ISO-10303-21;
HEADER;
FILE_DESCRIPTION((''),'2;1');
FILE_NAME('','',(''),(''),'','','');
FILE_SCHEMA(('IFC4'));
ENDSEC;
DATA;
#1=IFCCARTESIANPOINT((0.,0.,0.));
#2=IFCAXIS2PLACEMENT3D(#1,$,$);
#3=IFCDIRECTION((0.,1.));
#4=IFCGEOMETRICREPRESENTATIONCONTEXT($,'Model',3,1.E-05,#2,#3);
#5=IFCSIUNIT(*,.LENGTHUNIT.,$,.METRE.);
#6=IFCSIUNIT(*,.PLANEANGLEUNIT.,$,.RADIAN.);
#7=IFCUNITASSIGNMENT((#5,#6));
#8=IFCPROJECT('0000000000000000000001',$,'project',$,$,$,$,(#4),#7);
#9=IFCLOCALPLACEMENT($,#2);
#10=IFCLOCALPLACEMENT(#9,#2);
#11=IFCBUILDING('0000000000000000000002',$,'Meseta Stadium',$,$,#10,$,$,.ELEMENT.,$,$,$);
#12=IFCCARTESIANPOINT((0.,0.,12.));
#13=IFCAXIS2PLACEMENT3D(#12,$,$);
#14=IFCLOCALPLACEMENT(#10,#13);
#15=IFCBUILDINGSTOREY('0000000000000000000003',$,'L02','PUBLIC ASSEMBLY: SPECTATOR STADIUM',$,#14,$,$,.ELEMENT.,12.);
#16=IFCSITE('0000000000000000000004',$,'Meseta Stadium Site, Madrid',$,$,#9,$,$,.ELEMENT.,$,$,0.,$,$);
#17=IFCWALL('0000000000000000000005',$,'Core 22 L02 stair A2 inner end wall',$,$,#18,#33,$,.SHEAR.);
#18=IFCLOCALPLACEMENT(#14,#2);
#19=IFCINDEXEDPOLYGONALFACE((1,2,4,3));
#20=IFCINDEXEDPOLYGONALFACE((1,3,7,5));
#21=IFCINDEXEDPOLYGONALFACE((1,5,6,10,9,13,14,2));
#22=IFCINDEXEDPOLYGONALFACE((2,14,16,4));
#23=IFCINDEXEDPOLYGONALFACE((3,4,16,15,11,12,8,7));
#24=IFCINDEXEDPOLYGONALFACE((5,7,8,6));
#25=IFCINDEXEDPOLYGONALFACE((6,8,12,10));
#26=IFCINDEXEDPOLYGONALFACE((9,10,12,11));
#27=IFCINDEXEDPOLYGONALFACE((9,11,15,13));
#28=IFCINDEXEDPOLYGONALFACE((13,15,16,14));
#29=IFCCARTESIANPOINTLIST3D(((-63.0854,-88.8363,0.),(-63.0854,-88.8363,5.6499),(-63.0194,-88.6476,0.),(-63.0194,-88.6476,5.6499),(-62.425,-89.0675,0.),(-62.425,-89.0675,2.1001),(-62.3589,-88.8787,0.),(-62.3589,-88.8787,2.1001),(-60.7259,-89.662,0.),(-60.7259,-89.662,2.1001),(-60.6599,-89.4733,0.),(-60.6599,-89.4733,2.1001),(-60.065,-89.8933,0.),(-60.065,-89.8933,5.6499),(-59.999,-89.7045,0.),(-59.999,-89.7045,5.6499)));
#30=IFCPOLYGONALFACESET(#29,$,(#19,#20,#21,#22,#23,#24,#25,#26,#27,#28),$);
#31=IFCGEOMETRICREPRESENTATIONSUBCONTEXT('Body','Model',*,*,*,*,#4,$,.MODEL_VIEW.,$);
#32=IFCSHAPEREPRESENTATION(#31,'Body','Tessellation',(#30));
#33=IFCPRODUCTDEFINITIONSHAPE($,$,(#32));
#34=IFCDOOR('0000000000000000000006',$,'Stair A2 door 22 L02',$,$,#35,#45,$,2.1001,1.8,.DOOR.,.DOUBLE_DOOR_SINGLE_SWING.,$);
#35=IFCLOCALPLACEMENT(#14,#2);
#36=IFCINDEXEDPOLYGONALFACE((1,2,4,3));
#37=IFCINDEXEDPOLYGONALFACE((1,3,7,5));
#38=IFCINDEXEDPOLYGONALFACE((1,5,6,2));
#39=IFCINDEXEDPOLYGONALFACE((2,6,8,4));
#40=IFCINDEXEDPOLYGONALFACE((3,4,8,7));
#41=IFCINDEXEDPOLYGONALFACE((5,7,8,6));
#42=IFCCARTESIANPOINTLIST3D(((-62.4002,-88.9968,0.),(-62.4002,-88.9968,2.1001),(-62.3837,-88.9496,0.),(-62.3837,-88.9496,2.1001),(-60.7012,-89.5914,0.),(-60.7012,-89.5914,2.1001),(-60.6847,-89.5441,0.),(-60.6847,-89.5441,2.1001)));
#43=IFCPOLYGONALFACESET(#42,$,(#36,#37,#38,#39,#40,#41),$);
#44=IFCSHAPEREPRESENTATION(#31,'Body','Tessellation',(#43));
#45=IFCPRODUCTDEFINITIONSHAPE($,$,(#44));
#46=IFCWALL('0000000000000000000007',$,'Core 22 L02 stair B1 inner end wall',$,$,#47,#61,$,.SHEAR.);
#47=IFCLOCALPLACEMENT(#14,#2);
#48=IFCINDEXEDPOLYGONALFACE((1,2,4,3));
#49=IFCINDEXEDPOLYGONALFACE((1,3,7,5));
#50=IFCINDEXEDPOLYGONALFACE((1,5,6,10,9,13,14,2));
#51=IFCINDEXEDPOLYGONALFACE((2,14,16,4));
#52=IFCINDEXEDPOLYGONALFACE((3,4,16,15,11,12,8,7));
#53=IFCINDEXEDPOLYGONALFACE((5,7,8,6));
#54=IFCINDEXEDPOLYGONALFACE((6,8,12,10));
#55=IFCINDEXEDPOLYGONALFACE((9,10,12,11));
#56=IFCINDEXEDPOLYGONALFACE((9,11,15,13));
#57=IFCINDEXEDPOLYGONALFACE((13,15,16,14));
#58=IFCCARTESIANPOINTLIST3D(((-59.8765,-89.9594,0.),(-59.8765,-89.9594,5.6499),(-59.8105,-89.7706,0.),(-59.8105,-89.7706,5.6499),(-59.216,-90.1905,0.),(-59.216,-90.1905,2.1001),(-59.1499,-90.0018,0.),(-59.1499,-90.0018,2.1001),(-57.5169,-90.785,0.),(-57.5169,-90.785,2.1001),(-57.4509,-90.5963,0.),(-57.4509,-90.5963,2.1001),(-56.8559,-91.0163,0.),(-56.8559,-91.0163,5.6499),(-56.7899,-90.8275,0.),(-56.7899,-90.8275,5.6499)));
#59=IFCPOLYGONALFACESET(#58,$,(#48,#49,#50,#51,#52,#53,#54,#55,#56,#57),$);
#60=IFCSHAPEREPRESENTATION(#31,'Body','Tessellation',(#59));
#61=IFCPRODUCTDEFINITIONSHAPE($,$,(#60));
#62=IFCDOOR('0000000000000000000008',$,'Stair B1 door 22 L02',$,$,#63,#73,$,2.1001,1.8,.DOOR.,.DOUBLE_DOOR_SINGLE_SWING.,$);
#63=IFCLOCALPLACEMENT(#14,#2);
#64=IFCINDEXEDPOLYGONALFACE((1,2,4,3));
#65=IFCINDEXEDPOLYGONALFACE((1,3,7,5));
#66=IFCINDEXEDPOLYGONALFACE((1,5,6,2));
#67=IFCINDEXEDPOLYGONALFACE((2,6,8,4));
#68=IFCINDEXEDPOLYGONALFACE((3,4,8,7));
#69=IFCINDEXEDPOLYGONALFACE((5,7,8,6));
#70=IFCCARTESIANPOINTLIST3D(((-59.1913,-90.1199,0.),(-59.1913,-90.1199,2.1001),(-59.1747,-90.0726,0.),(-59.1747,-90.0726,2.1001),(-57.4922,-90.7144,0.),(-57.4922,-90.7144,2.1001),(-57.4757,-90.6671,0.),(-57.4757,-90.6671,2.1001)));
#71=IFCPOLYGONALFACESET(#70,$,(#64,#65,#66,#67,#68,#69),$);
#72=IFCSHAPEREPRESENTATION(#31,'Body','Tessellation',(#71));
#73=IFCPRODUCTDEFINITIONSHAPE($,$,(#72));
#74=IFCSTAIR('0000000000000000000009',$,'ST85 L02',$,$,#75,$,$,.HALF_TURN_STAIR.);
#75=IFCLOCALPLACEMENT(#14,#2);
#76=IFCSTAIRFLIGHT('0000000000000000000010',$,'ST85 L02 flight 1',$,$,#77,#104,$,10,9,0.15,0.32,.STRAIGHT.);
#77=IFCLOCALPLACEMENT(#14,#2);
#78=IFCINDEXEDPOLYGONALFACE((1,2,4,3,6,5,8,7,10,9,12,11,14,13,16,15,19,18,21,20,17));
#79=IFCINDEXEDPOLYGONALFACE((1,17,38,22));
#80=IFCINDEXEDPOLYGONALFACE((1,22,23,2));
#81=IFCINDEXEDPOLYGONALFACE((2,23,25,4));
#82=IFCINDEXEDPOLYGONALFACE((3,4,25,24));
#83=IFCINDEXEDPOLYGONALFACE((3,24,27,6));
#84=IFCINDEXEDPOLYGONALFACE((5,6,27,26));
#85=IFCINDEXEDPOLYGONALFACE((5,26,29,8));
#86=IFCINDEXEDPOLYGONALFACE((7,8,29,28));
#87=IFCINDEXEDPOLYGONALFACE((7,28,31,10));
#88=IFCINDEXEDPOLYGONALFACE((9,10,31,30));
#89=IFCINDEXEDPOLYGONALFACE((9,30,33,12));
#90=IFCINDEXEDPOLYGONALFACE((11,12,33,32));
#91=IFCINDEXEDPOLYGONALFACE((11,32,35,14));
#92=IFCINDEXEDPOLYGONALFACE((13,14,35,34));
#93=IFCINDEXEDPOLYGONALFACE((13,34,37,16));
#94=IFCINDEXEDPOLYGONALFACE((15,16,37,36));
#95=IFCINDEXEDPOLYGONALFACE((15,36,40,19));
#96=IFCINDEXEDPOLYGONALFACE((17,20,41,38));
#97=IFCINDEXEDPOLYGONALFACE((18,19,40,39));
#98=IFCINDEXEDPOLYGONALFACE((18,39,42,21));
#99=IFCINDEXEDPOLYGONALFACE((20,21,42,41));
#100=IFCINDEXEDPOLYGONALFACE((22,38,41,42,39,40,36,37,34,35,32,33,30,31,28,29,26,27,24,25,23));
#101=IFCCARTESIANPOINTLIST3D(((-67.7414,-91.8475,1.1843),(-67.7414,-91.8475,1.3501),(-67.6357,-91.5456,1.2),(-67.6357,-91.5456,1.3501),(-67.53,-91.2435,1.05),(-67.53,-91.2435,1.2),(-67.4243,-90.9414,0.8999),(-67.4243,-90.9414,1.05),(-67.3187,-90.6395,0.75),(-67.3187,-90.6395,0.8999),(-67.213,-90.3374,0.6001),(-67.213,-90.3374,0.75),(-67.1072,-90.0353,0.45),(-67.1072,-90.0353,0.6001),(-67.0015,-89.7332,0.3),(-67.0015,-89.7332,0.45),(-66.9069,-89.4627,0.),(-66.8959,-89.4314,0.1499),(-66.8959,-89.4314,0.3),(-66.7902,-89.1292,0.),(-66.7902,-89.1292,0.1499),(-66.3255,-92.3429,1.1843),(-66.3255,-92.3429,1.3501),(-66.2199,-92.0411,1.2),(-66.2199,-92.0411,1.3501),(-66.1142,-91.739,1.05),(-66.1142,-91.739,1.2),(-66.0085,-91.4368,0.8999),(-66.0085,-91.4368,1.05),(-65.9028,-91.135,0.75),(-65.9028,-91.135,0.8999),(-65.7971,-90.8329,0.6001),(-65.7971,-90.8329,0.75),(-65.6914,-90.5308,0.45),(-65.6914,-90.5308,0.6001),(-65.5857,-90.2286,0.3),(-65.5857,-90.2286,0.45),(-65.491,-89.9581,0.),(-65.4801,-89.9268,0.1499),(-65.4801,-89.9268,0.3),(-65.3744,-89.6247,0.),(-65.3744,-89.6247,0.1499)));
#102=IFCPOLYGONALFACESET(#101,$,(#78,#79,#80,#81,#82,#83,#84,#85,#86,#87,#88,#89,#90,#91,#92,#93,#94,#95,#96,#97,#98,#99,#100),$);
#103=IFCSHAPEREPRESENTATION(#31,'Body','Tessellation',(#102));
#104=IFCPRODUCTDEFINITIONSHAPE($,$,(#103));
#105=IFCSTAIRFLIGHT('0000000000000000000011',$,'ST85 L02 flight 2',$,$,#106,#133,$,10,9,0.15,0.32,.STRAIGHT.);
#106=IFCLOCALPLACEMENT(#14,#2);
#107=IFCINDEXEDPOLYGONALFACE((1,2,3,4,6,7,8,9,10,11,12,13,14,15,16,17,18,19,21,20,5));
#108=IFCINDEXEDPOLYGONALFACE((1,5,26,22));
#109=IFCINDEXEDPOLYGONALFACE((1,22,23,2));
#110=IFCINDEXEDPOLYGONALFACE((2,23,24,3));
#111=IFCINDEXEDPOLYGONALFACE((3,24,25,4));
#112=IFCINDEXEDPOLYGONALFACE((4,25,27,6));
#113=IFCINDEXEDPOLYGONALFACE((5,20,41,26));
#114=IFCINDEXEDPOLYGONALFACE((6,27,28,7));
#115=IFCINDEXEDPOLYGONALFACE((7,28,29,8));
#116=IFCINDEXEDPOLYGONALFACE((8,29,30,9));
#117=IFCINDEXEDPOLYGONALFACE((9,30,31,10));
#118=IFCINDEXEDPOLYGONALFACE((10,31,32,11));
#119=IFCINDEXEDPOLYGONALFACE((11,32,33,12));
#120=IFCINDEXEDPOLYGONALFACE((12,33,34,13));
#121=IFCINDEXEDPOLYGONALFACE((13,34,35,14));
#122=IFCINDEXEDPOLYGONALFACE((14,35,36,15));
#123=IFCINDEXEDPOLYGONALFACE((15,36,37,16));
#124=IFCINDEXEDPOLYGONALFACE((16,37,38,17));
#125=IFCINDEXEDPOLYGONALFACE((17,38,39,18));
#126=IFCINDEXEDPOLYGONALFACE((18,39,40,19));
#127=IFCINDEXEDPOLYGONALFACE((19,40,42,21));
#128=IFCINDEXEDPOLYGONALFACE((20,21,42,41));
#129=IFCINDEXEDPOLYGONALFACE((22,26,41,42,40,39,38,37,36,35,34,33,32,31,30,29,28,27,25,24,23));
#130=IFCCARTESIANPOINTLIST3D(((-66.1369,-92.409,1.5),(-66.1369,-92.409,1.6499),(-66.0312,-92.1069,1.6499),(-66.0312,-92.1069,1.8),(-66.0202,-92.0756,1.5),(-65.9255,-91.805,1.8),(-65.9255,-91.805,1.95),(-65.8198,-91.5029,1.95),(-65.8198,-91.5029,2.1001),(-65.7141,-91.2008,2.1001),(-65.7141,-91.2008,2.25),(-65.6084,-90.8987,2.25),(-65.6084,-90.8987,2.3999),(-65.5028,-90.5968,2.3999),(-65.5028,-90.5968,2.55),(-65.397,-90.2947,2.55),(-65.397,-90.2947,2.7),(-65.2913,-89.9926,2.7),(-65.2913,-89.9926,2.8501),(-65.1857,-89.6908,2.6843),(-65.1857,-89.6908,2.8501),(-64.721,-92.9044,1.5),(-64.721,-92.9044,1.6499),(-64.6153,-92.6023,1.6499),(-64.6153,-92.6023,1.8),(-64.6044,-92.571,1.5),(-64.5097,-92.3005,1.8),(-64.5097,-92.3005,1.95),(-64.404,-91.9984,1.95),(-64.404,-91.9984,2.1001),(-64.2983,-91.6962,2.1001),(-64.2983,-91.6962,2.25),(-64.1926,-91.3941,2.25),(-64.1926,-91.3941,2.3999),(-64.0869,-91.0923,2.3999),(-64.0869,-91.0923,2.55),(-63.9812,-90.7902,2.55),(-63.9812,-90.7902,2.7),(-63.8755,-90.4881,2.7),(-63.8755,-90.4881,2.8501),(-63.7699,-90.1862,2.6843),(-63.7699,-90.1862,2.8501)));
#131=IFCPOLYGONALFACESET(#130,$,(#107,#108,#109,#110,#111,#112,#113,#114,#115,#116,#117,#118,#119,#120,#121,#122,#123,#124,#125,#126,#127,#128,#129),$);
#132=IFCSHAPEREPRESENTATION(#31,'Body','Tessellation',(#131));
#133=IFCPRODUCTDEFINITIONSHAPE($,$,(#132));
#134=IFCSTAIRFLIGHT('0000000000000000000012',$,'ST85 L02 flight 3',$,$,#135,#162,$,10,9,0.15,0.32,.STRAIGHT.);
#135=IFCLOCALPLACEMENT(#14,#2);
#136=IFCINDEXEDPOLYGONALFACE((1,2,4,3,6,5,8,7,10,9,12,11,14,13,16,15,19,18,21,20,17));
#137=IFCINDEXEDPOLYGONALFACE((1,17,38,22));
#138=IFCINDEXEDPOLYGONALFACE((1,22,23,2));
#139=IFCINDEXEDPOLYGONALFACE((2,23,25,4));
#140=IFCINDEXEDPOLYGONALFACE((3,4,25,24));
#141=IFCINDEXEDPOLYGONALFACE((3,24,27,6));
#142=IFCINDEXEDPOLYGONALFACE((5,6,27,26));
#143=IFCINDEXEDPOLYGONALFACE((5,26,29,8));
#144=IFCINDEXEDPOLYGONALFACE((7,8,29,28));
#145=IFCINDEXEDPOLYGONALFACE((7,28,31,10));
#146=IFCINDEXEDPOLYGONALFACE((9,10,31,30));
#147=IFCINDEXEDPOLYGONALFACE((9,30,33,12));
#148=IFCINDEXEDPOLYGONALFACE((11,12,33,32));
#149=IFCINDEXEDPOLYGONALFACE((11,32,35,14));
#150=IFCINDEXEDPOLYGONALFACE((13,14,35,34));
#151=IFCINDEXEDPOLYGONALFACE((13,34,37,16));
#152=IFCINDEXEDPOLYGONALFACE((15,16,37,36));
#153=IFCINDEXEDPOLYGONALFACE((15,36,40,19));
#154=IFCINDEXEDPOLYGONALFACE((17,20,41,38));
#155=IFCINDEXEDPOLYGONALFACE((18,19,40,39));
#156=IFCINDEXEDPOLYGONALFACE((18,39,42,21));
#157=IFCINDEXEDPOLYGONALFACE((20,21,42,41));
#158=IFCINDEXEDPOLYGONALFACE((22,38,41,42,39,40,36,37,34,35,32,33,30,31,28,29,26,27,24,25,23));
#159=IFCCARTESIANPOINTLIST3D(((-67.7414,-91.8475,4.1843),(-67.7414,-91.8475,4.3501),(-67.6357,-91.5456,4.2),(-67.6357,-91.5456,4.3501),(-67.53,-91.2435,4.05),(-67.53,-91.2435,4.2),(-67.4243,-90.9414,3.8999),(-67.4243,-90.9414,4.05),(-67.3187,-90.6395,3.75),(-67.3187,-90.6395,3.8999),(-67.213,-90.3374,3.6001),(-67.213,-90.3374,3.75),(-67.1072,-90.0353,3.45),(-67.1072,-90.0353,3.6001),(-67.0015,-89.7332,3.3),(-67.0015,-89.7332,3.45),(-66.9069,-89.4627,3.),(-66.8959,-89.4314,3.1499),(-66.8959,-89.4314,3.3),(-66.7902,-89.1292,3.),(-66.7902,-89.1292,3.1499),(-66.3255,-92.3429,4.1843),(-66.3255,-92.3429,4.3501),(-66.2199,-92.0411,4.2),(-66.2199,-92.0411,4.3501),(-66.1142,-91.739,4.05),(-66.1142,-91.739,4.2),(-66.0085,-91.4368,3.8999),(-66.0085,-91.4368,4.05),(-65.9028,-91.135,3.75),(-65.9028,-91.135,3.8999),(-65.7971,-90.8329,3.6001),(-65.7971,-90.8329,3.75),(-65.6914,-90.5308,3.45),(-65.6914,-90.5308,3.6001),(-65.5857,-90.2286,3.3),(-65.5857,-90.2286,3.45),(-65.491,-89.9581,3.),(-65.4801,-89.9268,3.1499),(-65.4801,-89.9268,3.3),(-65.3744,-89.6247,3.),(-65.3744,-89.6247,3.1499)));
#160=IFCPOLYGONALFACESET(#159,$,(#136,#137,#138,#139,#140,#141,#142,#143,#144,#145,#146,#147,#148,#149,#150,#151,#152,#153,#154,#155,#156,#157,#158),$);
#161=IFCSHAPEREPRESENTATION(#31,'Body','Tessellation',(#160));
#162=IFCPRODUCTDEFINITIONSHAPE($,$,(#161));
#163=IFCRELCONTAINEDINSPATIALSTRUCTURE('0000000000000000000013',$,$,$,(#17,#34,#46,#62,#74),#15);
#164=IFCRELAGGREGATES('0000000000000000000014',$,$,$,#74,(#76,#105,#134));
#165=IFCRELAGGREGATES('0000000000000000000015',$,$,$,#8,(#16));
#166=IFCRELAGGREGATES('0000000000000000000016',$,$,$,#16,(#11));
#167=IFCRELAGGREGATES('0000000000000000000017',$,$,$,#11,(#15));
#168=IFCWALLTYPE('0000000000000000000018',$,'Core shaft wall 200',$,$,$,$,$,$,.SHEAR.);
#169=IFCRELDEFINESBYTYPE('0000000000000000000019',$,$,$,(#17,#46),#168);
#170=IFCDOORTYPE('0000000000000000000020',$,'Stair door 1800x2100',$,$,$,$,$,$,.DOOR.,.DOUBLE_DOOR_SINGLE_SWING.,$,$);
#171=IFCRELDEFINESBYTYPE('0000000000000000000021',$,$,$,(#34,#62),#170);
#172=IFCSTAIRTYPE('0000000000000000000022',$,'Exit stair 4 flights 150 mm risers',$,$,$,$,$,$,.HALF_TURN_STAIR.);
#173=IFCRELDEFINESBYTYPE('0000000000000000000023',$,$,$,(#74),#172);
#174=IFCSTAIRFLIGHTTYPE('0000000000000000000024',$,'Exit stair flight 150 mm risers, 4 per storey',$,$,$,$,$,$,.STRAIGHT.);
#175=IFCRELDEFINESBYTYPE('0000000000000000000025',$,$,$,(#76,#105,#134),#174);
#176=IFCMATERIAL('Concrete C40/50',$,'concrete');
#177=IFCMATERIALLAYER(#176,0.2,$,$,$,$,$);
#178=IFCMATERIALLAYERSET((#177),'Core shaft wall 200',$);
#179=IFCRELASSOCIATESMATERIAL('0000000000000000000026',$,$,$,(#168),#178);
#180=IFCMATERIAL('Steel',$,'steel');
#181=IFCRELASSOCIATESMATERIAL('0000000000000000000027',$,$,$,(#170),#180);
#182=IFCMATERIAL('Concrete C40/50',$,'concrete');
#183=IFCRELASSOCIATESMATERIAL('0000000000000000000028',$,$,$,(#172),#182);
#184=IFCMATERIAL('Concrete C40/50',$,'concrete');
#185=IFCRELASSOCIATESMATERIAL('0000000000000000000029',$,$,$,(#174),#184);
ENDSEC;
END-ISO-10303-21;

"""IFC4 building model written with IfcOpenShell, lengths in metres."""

from ifc_helpers import new_model, si_unit, direction, frame, frame_2d, origin, place, context, subcontext, project, spatial, polyline, rectangle, outline, extrude, material, layer, layer_set, type_object, element, fill, aggregate, save


model = new_model("IFC4")

# Units and contexts
model_context = context("Model", 3, precision=1e-05, world=origin(), true_north=direction((0.0, 1.0)))
body_context = subcontext(model_context, "Body", "Model", "MODEL_VIEW")
ifc_project = project(units=[si_unit("LENGTHUNIT", "METRE"), si_unit("PLANEANGLEUNIT", "RADIAN")], contexts=[model_context])

# Site, building, storey
site_placement = place(None, origin())
site = spatial("IfcSite", under=ifc_project, at=site_placement, Name="Meseta Stadium Site, Madrid", CompositionType="ELEMENT", RefElevation=0.0)
building_placement = place(site_placement, origin())
building = spatial("IfcBuilding", under=site, at=building_placement, Name="Meseta Stadium", CompositionType="ELEMENT")
storey_placement = place(building_placement, frame((0.0, 0.0, 12.0)))
storey = spatial("IfcBuildingStorey", under=building, at=storey_placement, Name="L02", Description="PUBLIC ASSEMBLY: SPECTATOR STADIUM", CompositionType="ELEMENT", Elevation=12.0)

# Walls, openings, doors
ifc_material_1 = material(Name="Concrete C40/50", Category="concrete")
ifc_layer = layer(ifc_material_1, 0.2)
ifc_layer_set = layer_set([ifc_layer], Name="Core shaft wall 200")
wall_type = type_object("IfcWallType", Name="Core shaft wall 200", PredefinedType="SHEAR", material=ifc_layer_set)
wall_1_placement = place(storey_placement, frame((-63.0525, -88.7419, 0.0), z_axis=(0.0, 0.0, 1.0), x_axis=(0.943879, -0.330293, 0.0)))
wall_1 = element("IfcWall", 1, at=wall_1_placement, inside=storey, type_object=wall_type, Name="Core 22 L02 stair A2 inner end wall", PredefinedType="SHEAR", context=body_context, shape_type="SweptSolid", body=[
    extrude(rectangle(XDim=3.2, YDim=0.2, at=frame_2d((1.6001, 0.0))), origin(), (0.0, 0.0, 1.0), 5.6499),
])
opening_1_placement = place(wall_1_placement, frame((0.7, 0.0, 0.0)))
opening_1 = element("IfcOpeningElement", 2, at=opening_1_placement, cuts=wall_1, PredefinedType="OPENING", context=body_context, shape_type="SweptSolid", body=[
    extrude(rectangle(XDim=1.8, YDim=2.1001, at=frame_2d((0.8999, 1.05))), frame((0.0, 0.1099, 0.0), z_axis=(0.0, -1.0, 0.0), x_axis=(1.0, 0.0, 0.0)), (0.0, 0.0, 1.0), 0.22),
])
ifc_material_2 = material(Name="Steel", Category="steel")
door_type = type_object("IfcDoorType", Name="Stair door 1800x2100", OperationType="DOUBLE_DOOR_SINGLE_SWING", PredefinedType="DOOR", material=ifc_material_2)
door_1_placement = place(opening_1_placement, origin())
door_1 = element("IfcDoor", 3, at=door_1_placement, inside=storey, type_object=door_type, Name="Stair A2 door 22 L02", OperationType="DOUBLE_DOOR_SINGLE_SWING", OverallHeight=2.1001, OverallWidth=1.8, PredefinedType="DOOR", context=body_context, shape_type="SweptSolid", body=[
    extrude(rectangle(XDim=1.8, YDim=2.1001, at=frame_2d((0.8999, 1.05))), frame((0.0, 0.0249, 0.0), z_axis=(0.0, -1.0, 0.0), x_axis=(1.0, 0.0, 0.0)), (0.0, 0.0, 1.0), 0.05),
])
fill(opening_1, door_1)
wall_2_placement = place(storey_placement, frame((-59.8435, -89.865, 0.0), z_axis=(0.0, 0.0, 1.0), x_axis=(0.943887, -0.330269, 0.0)))
wall_2 = element("IfcWall", 4, at=wall_2_placement, inside=storey, type_object=wall_type, Name="Core 22 L02 stair B1 inner end wall", PredefinedType="SHEAR", context=body_context, shape_type="SweptSolid", body=[
    extrude(rectangle(XDim=3.2002, YDim=0.2, at=frame_2d((1.6001, 0.0))), origin(), (0.0, 0.0, 1.0), 5.6499),
])
opening_2_placement = place(wall_2_placement, frame((0.7, 0.0, 0.0)))
opening_2 = element("IfcOpeningElement", 5, at=opening_2_placement, cuts=wall_2, PredefinedType="OPENING", context=body_context, shape_type="SweptSolid", body=[
    extrude(rectangle(XDim=1.8, YDim=2.1001, at=frame_2d((0.8999, 1.05))), frame((0.0, 0.1099, 0.0), z_axis=(0.0, -1.0, 0.0), x_axis=(1.0, 0.0, 0.0)), (0.0, 0.0, 1.0), 0.22),
])
door_2_placement = place(opening_2_placement, origin())
door_2 = element("IfcDoor", 6, at=door_2_placement, inside=storey, type_object=door_type, Name="Stair B1 door 22 L02", OperationType="DOUBLE_DOOR_SINGLE_SWING", OverallHeight=2.1001, OverallWidth=1.8, PredefinedType="DOOR", context=body_context, shape_type="SweptSolid", body=[
    extrude(rectangle(XDim=1.8, YDim=2.1001, at=frame_2d((0.8999, 1.05))), frame((0.0, 0.0249, 0.0), z_axis=(0.0, -1.0, 0.0), x_axis=(1.0, 0.0, 0.0)), (0.0, 0.0, 1.0), 0.05),
])
fill(opening_2, door_2)

# Stair, stair flights
ifc_material_3 = material(Name="Concrete C40/50", Category="concrete")
stair_type = type_object("IfcStairType", Name="Exit stair 4 flights 150 mm risers", PredefinedType="HALF_TURN_STAIR", material=ifc_material_3)
stair_1_placement = place(storey_placement, origin())
stair_1 = element("IfcStair", 7, at=stair_1_placement, inside=storey, type_object=stair_type, Name="ST85 L02", PredefinedType="HALF_TURN_STAIR")
ifc_material_4 = material(Name="Concrete C40/50", Category="concrete")
stair_flight_type = type_object("IfcStairFlightType", Name="Exit stair flight 150 mm risers, 4 per storey", PredefinedType="STRAIGHT", material=ifc_material_4)
stair_flight_1_placement = place(storey_placement, frame((-66.0823, -89.377, 0.0), z_axis=(0.0, 0.0, 1.0), x_axis=(-0.330279, -0.943883, 0.0)))
stair_flight_1 = element("IfcStairFlight", 8, at=stair_flight_1_placement, type_object=stair_flight_type, Name="ST85 L02 flight 1", NumberOfRisers=10, NumberOfTreads=9, PredefinedType="STRAIGHT", RiserHeight=0.15, TreadLength=0.32, context=body_context, shape_type="SweptSolid", body=[
    extrude(outline(polyline([(0.0, 0.0), (0.0, 0.1499), (0.3201, 0.1499), (0.3201, 0.3), (0.6399, 0.3), (0.6399, 0.45), (0.96, 0.45), (0.96, 0.6001), (1.28, 0.6001), (1.28, 0.75), (1.6001, 0.75), (1.6001, 0.8999), (1.9199, 0.8999), (1.9199, 1.05), (2.24, 1.05), (2.24, 1.2), (2.5601, 1.2), (2.5601, 1.3501), (2.8799, 1.3501), (2.8799, 1.1843), (0.3533, 0.0), (0.0, 0.0)])), frame((0.0, 0.75, 0.0), z_axis=(0.0, -1.0, 0.0), x_axis=(1.0, 0.0, 0.0)), (0.0, 0.0, 1.0), 1.5),
])
stair_flight_2_placement = place(storey_placement, frame((-65.429, -92.6567, 1.5), z_axis=(0.0, 0.0, 1.0), x_axis=(0.330279, 0.943883, 0.0)))
stair_flight_2 = element("IfcStairFlight", 9, at=stair_flight_2_placement, type_object=stair_flight_type, Name="ST85 L02 flight 2", NumberOfRisers=10, NumberOfTreads=9, PredefinedType="STRAIGHT", RiserHeight=0.15, TreadLength=0.32, context=body_context, shape_type="SweptSolid", body=[
    extrude(outline(polyline([(0.0, 0.0), (0.0, 0.1499), (0.3201, 0.1499), (0.3201, 0.3), (0.6399, 0.3), (0.6399, 0.45), (0.96, 0.45), (0.96, 0.6001), (1.28, 0.6001), (1.28, 0.75), (1.6001, 0.75), (1.6001, 0.8999), (1.9199, 0.8999), (1.9199, 1.05), (2.24, 1.05), (2.24, 1.2), (2.5601, 1.2), (2.5601, 1.3501), (2.8799, 1.3501), (2.8799, 1.1843), (0.3533, 0.0), (0.0, 0.0)])), frame((0.0, 0.75, 0.0), z_axis=(0.0, -1.0, 0.0), x_axis=(1.0, 0.0, 0.0)), (0.0, 0.0, 1.0), 1.5),
])
stair_flight_3_placement = place(storey_placement, frame((-66.0823, -89.377, 3.0), z_axis=(0.0, 0.0, 1.0), x_axis=(-0.330279, -0.943883, 0.0)))
stair_flight_3 = element("IfcStairFlight", 10, at=stair_flight_3_placement, type_object=stair_flight_type, Name="ST85 L02 flight 3", NumberOfRisers=10, NumberOfTreads=9, PredefinedType="STRAIGHT", RiserHeight=0.15, TreadLength=0.32, context=body_context, shape_type="SweptSolid", body=[
    extrude(outline(polyline([(0.0, 0.0), (0.0, 0.1499), (0.3201, 0.1499), (0.3201, 0.3), (0.6399, 0.3), (0.6399, 0.45), (0.96, 0.45), (0.96, 0.6001), (1.28, 0.6001), (1.28, 0.75), (1.6001, 0.75), (1.6001, 0.8999), (1.9199, 0.8999), (1.9199, 1.05), (2.24, 1.05), (2.24, 1.2), (2.5601, 1.2), (2.5601, 1.3501), (2.8799, 1.3501), (2.8799, 1.1843), (0.3533, 0.0), (0.0, 0.0)])), frame((0.0, 0.75, 0.0), z_axis=(0.0, -1.0, 0.0), x_axis=(1.0, 0.0, 0.0)), (0.0, 0.0, 1.0), 1.5),
])
aggregate(stair_1, [stair_flight_1, stair_flight_2, stair_flight_3])

save(model, "model.ifc")
